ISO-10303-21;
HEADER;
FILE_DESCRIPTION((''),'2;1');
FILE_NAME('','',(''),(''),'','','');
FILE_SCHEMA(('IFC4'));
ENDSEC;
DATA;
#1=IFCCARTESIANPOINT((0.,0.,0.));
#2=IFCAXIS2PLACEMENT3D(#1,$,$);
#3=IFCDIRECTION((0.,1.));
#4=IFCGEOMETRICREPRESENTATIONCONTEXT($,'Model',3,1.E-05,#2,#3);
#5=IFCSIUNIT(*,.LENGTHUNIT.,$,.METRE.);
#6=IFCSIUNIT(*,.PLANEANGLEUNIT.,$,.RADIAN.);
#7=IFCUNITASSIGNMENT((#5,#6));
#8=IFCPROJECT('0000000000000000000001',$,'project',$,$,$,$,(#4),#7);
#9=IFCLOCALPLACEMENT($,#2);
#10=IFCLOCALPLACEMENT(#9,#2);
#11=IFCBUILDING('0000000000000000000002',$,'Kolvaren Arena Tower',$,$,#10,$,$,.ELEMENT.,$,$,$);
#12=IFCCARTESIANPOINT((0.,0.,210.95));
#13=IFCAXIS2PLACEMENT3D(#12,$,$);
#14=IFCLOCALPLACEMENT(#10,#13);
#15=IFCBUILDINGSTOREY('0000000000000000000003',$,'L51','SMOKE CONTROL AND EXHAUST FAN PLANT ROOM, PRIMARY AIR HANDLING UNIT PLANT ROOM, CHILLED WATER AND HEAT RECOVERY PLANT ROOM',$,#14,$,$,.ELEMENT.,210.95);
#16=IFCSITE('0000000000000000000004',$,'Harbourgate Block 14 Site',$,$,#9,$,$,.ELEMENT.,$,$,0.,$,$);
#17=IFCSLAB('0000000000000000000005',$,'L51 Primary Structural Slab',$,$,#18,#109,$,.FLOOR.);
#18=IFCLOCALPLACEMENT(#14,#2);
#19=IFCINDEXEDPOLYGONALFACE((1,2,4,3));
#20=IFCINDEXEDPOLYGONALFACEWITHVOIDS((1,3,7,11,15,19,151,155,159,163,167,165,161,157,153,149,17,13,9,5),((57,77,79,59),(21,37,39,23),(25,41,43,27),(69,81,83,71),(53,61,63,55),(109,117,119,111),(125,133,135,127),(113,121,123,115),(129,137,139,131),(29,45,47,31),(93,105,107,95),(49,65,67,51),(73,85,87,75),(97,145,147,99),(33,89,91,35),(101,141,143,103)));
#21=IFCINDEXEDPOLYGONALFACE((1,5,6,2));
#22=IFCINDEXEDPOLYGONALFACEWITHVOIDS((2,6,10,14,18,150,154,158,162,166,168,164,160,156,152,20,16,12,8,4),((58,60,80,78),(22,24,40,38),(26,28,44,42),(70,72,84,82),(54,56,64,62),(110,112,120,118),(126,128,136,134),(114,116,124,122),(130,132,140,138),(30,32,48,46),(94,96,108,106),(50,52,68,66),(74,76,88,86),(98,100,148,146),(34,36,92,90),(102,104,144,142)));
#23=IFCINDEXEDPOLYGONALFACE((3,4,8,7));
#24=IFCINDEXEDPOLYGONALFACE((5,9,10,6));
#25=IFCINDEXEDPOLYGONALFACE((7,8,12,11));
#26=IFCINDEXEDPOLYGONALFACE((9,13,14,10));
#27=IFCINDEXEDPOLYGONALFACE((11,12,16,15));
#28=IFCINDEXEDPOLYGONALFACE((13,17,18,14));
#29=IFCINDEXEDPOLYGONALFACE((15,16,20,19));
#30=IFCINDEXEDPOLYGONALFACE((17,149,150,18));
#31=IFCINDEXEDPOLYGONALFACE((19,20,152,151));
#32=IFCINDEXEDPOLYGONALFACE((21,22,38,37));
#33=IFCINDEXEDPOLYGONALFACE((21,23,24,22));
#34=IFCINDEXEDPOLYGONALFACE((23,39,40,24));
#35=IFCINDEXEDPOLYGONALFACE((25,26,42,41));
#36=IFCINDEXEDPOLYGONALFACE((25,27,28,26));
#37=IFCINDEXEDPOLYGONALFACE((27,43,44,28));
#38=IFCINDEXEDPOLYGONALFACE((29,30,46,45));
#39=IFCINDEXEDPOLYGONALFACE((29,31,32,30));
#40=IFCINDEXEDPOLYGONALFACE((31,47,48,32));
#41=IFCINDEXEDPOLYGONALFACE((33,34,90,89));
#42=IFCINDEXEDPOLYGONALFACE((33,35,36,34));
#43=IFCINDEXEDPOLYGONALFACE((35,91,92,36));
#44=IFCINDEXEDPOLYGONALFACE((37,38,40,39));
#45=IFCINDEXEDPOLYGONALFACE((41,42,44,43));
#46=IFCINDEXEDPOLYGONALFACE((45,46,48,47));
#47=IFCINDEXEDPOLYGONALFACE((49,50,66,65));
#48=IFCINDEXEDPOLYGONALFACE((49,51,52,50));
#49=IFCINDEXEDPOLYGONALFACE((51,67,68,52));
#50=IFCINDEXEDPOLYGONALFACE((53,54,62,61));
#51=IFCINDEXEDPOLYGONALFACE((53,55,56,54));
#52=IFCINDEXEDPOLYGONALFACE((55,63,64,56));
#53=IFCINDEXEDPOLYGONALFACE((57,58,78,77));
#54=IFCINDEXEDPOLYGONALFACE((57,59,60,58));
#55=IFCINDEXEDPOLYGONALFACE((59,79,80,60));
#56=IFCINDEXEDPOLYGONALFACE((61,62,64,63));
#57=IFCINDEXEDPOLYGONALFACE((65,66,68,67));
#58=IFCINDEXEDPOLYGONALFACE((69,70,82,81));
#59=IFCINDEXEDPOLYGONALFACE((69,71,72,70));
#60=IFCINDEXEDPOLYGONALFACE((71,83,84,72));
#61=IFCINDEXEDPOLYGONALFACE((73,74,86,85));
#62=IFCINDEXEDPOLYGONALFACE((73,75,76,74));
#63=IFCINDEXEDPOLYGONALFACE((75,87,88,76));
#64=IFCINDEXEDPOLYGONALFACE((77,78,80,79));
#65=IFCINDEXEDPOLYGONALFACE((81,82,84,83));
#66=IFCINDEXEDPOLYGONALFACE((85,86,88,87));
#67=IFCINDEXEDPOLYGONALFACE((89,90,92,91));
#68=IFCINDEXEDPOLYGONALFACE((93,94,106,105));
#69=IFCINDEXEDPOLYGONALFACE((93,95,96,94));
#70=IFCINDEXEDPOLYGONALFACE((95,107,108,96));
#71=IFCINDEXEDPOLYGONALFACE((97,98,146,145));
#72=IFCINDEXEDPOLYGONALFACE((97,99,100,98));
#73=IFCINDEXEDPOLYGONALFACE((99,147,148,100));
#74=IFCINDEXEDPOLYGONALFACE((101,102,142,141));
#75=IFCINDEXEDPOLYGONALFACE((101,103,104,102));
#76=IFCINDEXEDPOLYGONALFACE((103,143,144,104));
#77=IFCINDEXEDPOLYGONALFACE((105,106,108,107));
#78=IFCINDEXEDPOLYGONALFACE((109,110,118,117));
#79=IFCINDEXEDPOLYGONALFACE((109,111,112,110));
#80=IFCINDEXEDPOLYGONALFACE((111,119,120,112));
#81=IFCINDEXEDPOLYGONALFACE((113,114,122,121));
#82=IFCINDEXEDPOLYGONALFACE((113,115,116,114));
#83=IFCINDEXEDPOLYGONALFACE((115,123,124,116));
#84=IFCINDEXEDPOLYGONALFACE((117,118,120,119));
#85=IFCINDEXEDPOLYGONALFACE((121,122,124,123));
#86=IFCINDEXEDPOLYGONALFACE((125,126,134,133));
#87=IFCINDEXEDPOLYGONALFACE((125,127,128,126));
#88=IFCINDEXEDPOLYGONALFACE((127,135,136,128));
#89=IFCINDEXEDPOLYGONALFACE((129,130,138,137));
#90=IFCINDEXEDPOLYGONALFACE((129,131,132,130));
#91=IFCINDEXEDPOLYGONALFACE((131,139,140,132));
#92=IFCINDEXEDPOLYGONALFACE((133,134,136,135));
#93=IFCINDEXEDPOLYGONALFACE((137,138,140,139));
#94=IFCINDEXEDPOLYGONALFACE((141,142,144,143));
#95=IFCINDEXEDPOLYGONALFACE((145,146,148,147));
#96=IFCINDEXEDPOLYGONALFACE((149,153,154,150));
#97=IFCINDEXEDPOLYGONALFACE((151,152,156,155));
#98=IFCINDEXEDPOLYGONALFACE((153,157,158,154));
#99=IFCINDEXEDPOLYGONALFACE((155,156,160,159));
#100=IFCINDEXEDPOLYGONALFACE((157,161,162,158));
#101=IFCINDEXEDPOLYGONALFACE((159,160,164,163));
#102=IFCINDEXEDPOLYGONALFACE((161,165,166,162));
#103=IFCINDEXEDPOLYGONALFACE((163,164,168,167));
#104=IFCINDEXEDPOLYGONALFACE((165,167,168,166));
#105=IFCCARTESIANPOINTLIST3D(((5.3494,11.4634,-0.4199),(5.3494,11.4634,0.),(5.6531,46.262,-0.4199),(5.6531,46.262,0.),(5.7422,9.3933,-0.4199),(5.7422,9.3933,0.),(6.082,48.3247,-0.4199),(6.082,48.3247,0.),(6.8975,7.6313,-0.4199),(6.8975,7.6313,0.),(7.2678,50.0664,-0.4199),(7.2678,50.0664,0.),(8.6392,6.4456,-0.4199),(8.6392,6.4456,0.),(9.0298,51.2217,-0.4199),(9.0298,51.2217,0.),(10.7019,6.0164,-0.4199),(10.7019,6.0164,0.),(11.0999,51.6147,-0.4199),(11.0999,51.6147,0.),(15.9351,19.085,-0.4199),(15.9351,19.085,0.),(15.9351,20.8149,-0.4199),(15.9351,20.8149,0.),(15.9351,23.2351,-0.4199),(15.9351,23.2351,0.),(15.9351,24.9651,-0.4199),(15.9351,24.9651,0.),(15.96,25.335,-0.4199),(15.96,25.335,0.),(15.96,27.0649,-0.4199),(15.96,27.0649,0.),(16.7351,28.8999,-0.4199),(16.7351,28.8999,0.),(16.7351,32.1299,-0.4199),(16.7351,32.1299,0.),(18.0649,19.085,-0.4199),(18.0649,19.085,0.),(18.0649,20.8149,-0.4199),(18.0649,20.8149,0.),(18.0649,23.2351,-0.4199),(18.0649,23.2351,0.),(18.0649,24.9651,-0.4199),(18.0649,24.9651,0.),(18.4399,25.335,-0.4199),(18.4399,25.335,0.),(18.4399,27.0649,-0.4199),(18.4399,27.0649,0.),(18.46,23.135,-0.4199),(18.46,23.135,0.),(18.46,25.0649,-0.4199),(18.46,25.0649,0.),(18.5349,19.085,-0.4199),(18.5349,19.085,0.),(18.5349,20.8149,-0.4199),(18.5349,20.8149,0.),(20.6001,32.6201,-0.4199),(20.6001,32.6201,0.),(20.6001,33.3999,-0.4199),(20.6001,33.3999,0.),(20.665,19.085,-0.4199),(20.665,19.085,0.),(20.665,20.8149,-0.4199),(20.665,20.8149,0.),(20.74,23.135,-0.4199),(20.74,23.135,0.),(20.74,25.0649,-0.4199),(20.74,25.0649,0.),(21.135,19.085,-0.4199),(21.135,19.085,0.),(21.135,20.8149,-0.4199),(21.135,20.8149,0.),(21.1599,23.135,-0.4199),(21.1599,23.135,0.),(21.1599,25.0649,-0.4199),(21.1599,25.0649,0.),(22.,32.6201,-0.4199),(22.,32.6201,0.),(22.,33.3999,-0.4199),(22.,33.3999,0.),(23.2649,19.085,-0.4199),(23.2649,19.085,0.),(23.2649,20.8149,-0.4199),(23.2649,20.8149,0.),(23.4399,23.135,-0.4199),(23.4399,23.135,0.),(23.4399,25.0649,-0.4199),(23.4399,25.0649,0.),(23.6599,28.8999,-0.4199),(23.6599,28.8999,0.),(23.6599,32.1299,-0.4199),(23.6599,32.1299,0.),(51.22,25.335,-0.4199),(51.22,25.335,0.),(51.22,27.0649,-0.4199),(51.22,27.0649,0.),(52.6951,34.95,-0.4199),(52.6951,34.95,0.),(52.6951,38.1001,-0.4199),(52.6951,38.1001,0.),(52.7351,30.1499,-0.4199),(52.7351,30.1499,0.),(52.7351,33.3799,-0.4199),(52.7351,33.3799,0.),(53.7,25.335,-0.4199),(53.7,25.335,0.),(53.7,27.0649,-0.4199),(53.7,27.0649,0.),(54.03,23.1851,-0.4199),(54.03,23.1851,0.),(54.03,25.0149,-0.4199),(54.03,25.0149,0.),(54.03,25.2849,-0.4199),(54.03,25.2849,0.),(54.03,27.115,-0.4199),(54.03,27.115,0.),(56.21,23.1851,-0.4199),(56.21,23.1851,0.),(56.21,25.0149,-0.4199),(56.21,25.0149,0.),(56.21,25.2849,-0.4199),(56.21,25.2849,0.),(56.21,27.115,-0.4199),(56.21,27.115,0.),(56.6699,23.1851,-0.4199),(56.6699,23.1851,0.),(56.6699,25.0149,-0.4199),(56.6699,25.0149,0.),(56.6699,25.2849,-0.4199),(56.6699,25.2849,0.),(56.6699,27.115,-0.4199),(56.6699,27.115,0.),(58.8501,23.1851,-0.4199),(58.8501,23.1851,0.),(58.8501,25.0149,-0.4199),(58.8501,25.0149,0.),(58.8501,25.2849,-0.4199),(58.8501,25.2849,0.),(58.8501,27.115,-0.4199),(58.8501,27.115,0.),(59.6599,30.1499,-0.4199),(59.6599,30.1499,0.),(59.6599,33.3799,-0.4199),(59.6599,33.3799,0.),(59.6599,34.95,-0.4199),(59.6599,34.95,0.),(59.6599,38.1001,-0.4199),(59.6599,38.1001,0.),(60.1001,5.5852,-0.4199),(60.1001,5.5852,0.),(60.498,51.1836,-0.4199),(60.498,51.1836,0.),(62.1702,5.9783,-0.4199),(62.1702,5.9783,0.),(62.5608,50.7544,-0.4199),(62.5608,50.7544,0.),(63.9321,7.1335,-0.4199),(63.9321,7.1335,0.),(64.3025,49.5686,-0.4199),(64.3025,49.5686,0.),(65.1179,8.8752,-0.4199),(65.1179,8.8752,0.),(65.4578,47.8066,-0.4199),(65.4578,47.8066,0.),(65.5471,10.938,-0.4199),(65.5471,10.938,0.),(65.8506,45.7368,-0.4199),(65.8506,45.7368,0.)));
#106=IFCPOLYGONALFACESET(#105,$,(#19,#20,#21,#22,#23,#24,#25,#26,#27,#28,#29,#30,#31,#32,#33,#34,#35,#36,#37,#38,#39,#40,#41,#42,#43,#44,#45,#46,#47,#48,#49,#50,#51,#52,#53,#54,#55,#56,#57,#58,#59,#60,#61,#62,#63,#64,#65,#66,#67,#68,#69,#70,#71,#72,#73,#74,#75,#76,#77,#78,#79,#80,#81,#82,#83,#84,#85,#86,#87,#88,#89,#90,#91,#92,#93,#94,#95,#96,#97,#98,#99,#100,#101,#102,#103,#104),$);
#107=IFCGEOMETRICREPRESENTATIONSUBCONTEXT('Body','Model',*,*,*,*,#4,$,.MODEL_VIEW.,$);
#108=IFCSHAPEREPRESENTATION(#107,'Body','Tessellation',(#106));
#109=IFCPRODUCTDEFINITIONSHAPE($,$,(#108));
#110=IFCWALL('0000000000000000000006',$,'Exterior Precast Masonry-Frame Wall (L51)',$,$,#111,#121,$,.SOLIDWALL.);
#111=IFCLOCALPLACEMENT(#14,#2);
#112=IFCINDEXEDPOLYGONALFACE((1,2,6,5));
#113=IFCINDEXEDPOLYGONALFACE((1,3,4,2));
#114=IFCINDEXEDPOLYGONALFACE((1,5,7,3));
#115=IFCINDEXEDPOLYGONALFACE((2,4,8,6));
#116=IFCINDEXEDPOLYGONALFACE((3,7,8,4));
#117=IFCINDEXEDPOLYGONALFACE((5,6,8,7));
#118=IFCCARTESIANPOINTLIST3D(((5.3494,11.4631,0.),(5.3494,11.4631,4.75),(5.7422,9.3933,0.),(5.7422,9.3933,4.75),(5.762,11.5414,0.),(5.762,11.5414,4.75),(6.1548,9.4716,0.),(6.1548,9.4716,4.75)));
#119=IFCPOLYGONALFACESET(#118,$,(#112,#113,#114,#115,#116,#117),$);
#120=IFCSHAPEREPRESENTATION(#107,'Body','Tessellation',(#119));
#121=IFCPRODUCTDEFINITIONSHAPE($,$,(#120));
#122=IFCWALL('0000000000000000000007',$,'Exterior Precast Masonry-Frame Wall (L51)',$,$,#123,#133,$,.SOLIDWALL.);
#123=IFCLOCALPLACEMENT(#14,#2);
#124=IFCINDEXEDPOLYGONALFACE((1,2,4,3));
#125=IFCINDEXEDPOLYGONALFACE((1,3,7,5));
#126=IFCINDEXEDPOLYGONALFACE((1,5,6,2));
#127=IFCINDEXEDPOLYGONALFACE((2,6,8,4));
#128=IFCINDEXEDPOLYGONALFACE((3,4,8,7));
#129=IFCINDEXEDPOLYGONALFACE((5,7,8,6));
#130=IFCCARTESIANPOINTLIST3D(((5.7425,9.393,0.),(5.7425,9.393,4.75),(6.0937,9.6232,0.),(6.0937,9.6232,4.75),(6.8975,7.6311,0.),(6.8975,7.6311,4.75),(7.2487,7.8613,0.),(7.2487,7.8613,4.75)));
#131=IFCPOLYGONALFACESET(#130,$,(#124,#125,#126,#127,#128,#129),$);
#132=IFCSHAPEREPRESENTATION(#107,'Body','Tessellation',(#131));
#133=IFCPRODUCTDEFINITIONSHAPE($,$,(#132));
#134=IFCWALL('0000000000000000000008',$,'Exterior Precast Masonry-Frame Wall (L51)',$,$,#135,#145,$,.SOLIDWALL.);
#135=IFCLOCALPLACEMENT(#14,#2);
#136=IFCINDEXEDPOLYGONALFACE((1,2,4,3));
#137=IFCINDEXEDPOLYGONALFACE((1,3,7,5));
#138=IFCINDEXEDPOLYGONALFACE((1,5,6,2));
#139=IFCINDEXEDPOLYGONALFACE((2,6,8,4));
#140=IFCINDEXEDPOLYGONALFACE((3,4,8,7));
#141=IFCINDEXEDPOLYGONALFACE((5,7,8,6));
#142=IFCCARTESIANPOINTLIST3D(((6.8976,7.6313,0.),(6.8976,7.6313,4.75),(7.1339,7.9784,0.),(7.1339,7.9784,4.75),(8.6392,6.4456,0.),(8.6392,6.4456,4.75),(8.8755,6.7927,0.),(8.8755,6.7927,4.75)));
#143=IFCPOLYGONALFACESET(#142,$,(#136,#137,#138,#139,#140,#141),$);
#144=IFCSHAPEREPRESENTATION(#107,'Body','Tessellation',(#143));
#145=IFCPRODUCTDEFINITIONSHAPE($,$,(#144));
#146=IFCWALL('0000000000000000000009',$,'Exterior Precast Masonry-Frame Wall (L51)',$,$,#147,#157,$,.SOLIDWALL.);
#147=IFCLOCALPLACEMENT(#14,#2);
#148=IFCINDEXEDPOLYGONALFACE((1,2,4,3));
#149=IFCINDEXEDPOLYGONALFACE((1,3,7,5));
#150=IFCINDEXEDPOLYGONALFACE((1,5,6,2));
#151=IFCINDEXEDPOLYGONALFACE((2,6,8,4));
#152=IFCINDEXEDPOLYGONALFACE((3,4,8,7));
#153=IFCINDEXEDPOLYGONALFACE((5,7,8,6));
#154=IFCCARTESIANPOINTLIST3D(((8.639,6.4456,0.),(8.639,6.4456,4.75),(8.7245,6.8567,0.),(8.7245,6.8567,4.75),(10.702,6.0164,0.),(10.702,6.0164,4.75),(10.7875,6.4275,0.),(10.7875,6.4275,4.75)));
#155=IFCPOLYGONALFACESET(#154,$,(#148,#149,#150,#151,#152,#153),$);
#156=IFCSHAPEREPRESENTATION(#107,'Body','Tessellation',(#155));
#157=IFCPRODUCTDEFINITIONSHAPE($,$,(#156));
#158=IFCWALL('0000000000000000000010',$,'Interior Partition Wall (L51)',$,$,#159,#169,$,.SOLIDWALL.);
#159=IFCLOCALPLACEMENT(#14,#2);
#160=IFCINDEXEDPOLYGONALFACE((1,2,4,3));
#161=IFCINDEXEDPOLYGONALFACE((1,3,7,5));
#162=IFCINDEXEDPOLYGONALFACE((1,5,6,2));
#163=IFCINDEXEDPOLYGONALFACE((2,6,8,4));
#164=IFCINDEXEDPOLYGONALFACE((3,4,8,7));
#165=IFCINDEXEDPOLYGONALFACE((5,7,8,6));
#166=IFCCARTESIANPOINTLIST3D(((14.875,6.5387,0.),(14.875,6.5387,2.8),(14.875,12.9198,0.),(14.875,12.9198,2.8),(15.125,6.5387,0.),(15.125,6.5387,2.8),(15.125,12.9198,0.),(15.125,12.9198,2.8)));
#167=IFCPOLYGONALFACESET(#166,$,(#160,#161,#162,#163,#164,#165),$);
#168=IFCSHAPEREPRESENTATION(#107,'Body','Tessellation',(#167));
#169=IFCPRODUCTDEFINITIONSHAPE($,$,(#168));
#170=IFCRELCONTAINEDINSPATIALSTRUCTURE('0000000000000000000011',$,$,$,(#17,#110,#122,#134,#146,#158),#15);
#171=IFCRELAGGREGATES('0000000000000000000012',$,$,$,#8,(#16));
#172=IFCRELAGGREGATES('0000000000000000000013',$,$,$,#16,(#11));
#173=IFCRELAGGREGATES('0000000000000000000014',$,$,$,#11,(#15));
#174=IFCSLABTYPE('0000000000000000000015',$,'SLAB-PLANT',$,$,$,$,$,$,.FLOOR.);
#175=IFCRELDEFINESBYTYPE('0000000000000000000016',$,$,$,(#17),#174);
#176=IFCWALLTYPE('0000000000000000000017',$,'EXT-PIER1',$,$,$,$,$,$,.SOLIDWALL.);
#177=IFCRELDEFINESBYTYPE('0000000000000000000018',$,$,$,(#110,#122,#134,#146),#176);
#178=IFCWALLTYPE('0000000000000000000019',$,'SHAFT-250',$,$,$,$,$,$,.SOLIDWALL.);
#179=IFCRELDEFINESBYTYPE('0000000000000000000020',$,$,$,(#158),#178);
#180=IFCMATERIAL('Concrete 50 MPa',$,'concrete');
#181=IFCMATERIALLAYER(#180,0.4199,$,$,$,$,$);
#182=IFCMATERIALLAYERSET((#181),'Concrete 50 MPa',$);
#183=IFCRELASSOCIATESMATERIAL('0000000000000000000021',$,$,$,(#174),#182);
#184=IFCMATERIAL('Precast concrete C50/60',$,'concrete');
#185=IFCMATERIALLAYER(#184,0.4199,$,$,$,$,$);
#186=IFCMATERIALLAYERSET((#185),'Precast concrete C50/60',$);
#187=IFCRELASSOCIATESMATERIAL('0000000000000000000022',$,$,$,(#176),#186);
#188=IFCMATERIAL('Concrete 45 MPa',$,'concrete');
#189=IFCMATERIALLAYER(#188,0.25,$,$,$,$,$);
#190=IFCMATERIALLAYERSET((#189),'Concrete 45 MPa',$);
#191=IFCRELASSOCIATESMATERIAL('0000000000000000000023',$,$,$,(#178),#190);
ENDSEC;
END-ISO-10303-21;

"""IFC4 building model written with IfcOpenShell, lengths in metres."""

from ifc_helpers import new_model, si_unit, direction, frame, frame_2d, origin, place, context, subcontext, project, spatial, polyline, rectangle, outline, extrude, material, layer, layer_set, type_object, element, save


model = new_model("IFC4")

# Units and contexts
model_context = context("Model", 3, precision=1e-05, world=origin(), true_north=direction((0.0, 1.0)))
body_context = subcontext(model_context, "Body", "Model", "MODEL_VIEW")
ifc_project = project(units=[si_unit("LENGTHUNIT", "METRE"), si_unit("PLANEANGLEUNIT", "RADIAN")], contexts=[model_context])

# Site, building, storey
site_placement = place(None, origin())
site = spatial("IfcSite", under=ifc_project, at=site_placement, Name="Harbourgate Block 14 Site", CompositionType="ELEMENT", RefElevation=0.0)
building_placement = place(site_placement, origin())
building = spatial("IfcBuilding", under=site, at=building_placement, Name="Kolvaren Arena Tower", CompositionType="ELEMENT")
storey_placement = place(building_placement, frame((0.0, 0.0, 210.95)))
storey = spatial("IfcBuildingStorey", under=building, at=storey_placement, Name="L51", Description="SMOKE CONTROL AND EXHAUST FAN PLANT ROOM, PRIMARY AIR HANDLING UNIT PLANT ROOM, CHILLED WATER AND HEAT RECOVERY PLANT ROOM", CompositionType="ELEMENT", Elevation=210.95)

# Shared definitions
ifc_material_1 = material(Name="Concrete 45 MPa", Category="concrete")

# Slab
ifc_material_2 = material(Name="Concrete 50 MPa", Category="concrete")
ifc_layer_1 = layer(ifc_material_2, 0.4199)
ifc_layer_set_1 = layer_set([ifc_layer_1], Name="Concrete 50 MPa")
slab_type_1 = type_object("IfcSlabType", Name="SLAB-PLANT", PredefinedType="FLOOR", material=ifc_layer_set_1)
slab_1_placement = place(storey_placement, frame((0.0, 0.0, -0.4199)))
element("IfcSlab", 1, at=slab_1_placement, inside=storey, type_object=slab_type_1, Name="L51 Primary Structural Slab", PredefinedType="FLOOR", context=body_context, shape_type="SweptSolid", body=[
    extrude(outline(polyline([(60.1001, 5.5852), (62.1702, 5.9783), (63.9321, 7.1335), (65.1179, 8.8752), (65.5471, 10.938), (65.8506, 45.7368), (65.4578, 47.8066), (64.3025, 49.5686), (62.5608, 50.7544), (60.498, 51.1836), (11.0999, 51.6147), (9.0298, 51.2217), (7.2678, 50.0664), (6.082, 48.3247), (5.6531, 46.262), (5.3494, 11.4634), (5.7422, 9.3933), (6.8975, 7.6313), (8.6392, 6.4456), (10.7019, 6.0164), (60.1001, 5.5852)]), holes=[polyline([(15.9351, 19.085), (15.9351, 20.8149), (18.0649, 20.8149), (18.0649, 19.085), (15.9351, 19.085)]), polyline([(18.5349, 19.085), (18.5349, 20.8149), (20.665, 20.8149), (20.665, 19.085), (18.5349, 19.085)]), polyline([(21.135, 19.085), (21.135, 20.8149), (23.2649, 20.8149), (23.2649, 19.085), (21.135, 19.085)]), polyline([(18.46, 23.135), (18.46, 25.0649), (20.74, 25.0649), (20.74, 23.135), (18.46, 23.135)]), polyline([(21.1599, 23.135), (21.1599, 25.0649), (23.4399, 25.0649), (23.4399, 23.135), (21.1599, 23.135)]), polyline([(54.03, 23.1851), (54.03, 25.0149), (56.21, 25.0149), (56.21, 23.1851), (54.03, 23.1851)]), polyline([(56.6699, 23.1851), (56.6699, 25.0149), (58.8501, 25.0149), (58.8501, 23.1851), (56.6699, 23.1851)]), polyline([(15.9351, 23.2351), (15.9351, 24.9651), (18.0649, 24.9651), (18.0649, 23.2351), (15.9351, 23.2351)]), polyline([(54.03, 25.2849), (54.03, 27.115), (56.21, 27.115), (56.21, 25.2849), (54.03, 25.2849)]), polyline([(56.6699, 25.2849), (56.6699, 27.115), (58.8501, 27.115), (58.8501, 25.2849), (56.6699, 25.2849)]), polyline([(15.96, 25.335), (15.96, 27.0649), (18.4399, 27.0649), (18.4399, 25.335), (15.96, 25.335)]), polyline([(51.22, 25.335), (51.22, 27.0649), (53.7, 27.0649), (53.7, 25.335), (51.22, 25.335)]), polyline([(16.7351, 28.8999), (16.7351, 32.1299), (23.6599, 32.1299), (23.6599, 28.8999), (16.7351, 28.8999)]), polyline([(52.7351, 30.1499), (52.7351, 33.3799), (59.6599, 33.3799), (59.6599, 30.1499), (52.7351, 30.1499)]), polyline([(20.6001, 32.6201), (20.6001, 33.3999), (22.0, 33.3999), (22.0, 32.6201), (20.6001, 32.6201)]), polyline([(52.6951, 34.95), (52.6951, 38.1001), (59.6599, 38.1001), (59.6599, 34.95), (52.6951, 34.95)])]), origin(), (0.0, 0.0, 1.0), 0.4199),
])

# Walls
ifc_material_3 = material(Name="Precast concrete C50/60", Category="concrete")
ifc_layer_2 = layer(ifc_material_3, 0.4199)
ifc_layer_set_2 = layer_set([ifc_layer_2], Name="Precast concrete C50/60")
wall_type_1 = type_object("IfcWallType", Name="EXT-PIER1", PredefinedType="SOLIDWALL", material=ifc_layer_set_2)
for number, where, z_axis, x_axis, name in (
    (2, (5.9485, 9.4326, 0.0), (0.0, 0.0, 1.0), (-0.186457, 0.982463, 0.0), "Exterior Precast Masonry-Frame Wall (L51)"),
    (3, (7.073, 7.7463, 0.0), (0.0, 0.0, 1.0), (-0.548239, 0.836322, 0.0), "Exterior Precast Masonry-Frame Wall (L51)"),
):
    element("IfcWall", number, at=place(storey_placement, frame(where, z_axis=z_axis, x_axis=x_axis)), inside=storey, type_object=wall_type_1, Name=name, PredefinedType="SOLIDWALL", context=body_context, shape_type="SweptSolid", body=[
        extrude(rectangle(XDim=2.1067, YDim=0.4199, at=frame_2d((1.0532, 0.0))), origin(), (0.0, 0.0, 1.0), 4.75),
    ])
wall_1_placement = place(storey_placement, frame((8.7573, 6.6191, 0.0), z_axis=(0.0, 0.0, 1.0), x_axis=(-0.82661, 0.562776, 0.0)))
element("IfcWall", 4, at=wall_1_placement, inside=storey, type_object=wall_type_1, Name="Exterior Precast Masonry-Frame Wall (L51)", PredefinedType="SOLIDWALL", context=body_context, shape_type="SweptSolid", body=[
    extrude(rectangle(XDim=2.1069, YDim=0.4199, at=frame_2d((1.0535, 0.0))), origin(), (0.0, 0.0, 1.0), 4.75),
])
wall_2_placement = place(storey_placement, frame((10.7449, 6.2219, 0.0), z_axis=(0.0, 0.0, 1.0), x_axis=(-0.979036, 0.203686, 0.0)))
element("IfcWall", 5, at=wall_2_placement, inside=storey, type_object=wall_type_1, Name="Exterior Precast Masonry-Frame Wall (L51)", PredefinedType="SOLIDWALL", context=body_context, shape_type="SweptSolid", body=[
    extrude(rectangle(XDim=2.1072, YDim=0.4199, at=frame_2d((1.0537, 0.0))), origin(), (0.0, 0.0, 1.0), 4.75),
])
ifc_layer_3 = layer(ifc_material_1, 0.25)
ifc_layer_set_3 = layer_set([ifc_layer_3], Name="Concrete 45 MPa")
wall_type_2 = type_object("IfcWallType", Name="SHAFT-250", PredefinedType="SOLIDWALL", material=ifc_layer_set_3)
wall_3_placement = place(storey_placement, frame((15.0, 6.5388, 0.0), z_axis=(0.0, 0.0, 1.0), x_axis=(0.0, 1.0, 0.0)))
element("IfcWall", 6, at=wall_3_placement, inside=storey, type_object=wall_type_2, Name="Interior Partition Wall (L51)", PredefinedType="SOLIDWALL", context=body_context, shape_type="SweptSolid", body=[
    extrude(rectangle(XDim=6.3811, YDim=0.25, at=frame_2d((3.1904, 0.0))), origin(), (0.0, 0.0, 1.0), 2.8),
])

save(model, "model.ifc")
